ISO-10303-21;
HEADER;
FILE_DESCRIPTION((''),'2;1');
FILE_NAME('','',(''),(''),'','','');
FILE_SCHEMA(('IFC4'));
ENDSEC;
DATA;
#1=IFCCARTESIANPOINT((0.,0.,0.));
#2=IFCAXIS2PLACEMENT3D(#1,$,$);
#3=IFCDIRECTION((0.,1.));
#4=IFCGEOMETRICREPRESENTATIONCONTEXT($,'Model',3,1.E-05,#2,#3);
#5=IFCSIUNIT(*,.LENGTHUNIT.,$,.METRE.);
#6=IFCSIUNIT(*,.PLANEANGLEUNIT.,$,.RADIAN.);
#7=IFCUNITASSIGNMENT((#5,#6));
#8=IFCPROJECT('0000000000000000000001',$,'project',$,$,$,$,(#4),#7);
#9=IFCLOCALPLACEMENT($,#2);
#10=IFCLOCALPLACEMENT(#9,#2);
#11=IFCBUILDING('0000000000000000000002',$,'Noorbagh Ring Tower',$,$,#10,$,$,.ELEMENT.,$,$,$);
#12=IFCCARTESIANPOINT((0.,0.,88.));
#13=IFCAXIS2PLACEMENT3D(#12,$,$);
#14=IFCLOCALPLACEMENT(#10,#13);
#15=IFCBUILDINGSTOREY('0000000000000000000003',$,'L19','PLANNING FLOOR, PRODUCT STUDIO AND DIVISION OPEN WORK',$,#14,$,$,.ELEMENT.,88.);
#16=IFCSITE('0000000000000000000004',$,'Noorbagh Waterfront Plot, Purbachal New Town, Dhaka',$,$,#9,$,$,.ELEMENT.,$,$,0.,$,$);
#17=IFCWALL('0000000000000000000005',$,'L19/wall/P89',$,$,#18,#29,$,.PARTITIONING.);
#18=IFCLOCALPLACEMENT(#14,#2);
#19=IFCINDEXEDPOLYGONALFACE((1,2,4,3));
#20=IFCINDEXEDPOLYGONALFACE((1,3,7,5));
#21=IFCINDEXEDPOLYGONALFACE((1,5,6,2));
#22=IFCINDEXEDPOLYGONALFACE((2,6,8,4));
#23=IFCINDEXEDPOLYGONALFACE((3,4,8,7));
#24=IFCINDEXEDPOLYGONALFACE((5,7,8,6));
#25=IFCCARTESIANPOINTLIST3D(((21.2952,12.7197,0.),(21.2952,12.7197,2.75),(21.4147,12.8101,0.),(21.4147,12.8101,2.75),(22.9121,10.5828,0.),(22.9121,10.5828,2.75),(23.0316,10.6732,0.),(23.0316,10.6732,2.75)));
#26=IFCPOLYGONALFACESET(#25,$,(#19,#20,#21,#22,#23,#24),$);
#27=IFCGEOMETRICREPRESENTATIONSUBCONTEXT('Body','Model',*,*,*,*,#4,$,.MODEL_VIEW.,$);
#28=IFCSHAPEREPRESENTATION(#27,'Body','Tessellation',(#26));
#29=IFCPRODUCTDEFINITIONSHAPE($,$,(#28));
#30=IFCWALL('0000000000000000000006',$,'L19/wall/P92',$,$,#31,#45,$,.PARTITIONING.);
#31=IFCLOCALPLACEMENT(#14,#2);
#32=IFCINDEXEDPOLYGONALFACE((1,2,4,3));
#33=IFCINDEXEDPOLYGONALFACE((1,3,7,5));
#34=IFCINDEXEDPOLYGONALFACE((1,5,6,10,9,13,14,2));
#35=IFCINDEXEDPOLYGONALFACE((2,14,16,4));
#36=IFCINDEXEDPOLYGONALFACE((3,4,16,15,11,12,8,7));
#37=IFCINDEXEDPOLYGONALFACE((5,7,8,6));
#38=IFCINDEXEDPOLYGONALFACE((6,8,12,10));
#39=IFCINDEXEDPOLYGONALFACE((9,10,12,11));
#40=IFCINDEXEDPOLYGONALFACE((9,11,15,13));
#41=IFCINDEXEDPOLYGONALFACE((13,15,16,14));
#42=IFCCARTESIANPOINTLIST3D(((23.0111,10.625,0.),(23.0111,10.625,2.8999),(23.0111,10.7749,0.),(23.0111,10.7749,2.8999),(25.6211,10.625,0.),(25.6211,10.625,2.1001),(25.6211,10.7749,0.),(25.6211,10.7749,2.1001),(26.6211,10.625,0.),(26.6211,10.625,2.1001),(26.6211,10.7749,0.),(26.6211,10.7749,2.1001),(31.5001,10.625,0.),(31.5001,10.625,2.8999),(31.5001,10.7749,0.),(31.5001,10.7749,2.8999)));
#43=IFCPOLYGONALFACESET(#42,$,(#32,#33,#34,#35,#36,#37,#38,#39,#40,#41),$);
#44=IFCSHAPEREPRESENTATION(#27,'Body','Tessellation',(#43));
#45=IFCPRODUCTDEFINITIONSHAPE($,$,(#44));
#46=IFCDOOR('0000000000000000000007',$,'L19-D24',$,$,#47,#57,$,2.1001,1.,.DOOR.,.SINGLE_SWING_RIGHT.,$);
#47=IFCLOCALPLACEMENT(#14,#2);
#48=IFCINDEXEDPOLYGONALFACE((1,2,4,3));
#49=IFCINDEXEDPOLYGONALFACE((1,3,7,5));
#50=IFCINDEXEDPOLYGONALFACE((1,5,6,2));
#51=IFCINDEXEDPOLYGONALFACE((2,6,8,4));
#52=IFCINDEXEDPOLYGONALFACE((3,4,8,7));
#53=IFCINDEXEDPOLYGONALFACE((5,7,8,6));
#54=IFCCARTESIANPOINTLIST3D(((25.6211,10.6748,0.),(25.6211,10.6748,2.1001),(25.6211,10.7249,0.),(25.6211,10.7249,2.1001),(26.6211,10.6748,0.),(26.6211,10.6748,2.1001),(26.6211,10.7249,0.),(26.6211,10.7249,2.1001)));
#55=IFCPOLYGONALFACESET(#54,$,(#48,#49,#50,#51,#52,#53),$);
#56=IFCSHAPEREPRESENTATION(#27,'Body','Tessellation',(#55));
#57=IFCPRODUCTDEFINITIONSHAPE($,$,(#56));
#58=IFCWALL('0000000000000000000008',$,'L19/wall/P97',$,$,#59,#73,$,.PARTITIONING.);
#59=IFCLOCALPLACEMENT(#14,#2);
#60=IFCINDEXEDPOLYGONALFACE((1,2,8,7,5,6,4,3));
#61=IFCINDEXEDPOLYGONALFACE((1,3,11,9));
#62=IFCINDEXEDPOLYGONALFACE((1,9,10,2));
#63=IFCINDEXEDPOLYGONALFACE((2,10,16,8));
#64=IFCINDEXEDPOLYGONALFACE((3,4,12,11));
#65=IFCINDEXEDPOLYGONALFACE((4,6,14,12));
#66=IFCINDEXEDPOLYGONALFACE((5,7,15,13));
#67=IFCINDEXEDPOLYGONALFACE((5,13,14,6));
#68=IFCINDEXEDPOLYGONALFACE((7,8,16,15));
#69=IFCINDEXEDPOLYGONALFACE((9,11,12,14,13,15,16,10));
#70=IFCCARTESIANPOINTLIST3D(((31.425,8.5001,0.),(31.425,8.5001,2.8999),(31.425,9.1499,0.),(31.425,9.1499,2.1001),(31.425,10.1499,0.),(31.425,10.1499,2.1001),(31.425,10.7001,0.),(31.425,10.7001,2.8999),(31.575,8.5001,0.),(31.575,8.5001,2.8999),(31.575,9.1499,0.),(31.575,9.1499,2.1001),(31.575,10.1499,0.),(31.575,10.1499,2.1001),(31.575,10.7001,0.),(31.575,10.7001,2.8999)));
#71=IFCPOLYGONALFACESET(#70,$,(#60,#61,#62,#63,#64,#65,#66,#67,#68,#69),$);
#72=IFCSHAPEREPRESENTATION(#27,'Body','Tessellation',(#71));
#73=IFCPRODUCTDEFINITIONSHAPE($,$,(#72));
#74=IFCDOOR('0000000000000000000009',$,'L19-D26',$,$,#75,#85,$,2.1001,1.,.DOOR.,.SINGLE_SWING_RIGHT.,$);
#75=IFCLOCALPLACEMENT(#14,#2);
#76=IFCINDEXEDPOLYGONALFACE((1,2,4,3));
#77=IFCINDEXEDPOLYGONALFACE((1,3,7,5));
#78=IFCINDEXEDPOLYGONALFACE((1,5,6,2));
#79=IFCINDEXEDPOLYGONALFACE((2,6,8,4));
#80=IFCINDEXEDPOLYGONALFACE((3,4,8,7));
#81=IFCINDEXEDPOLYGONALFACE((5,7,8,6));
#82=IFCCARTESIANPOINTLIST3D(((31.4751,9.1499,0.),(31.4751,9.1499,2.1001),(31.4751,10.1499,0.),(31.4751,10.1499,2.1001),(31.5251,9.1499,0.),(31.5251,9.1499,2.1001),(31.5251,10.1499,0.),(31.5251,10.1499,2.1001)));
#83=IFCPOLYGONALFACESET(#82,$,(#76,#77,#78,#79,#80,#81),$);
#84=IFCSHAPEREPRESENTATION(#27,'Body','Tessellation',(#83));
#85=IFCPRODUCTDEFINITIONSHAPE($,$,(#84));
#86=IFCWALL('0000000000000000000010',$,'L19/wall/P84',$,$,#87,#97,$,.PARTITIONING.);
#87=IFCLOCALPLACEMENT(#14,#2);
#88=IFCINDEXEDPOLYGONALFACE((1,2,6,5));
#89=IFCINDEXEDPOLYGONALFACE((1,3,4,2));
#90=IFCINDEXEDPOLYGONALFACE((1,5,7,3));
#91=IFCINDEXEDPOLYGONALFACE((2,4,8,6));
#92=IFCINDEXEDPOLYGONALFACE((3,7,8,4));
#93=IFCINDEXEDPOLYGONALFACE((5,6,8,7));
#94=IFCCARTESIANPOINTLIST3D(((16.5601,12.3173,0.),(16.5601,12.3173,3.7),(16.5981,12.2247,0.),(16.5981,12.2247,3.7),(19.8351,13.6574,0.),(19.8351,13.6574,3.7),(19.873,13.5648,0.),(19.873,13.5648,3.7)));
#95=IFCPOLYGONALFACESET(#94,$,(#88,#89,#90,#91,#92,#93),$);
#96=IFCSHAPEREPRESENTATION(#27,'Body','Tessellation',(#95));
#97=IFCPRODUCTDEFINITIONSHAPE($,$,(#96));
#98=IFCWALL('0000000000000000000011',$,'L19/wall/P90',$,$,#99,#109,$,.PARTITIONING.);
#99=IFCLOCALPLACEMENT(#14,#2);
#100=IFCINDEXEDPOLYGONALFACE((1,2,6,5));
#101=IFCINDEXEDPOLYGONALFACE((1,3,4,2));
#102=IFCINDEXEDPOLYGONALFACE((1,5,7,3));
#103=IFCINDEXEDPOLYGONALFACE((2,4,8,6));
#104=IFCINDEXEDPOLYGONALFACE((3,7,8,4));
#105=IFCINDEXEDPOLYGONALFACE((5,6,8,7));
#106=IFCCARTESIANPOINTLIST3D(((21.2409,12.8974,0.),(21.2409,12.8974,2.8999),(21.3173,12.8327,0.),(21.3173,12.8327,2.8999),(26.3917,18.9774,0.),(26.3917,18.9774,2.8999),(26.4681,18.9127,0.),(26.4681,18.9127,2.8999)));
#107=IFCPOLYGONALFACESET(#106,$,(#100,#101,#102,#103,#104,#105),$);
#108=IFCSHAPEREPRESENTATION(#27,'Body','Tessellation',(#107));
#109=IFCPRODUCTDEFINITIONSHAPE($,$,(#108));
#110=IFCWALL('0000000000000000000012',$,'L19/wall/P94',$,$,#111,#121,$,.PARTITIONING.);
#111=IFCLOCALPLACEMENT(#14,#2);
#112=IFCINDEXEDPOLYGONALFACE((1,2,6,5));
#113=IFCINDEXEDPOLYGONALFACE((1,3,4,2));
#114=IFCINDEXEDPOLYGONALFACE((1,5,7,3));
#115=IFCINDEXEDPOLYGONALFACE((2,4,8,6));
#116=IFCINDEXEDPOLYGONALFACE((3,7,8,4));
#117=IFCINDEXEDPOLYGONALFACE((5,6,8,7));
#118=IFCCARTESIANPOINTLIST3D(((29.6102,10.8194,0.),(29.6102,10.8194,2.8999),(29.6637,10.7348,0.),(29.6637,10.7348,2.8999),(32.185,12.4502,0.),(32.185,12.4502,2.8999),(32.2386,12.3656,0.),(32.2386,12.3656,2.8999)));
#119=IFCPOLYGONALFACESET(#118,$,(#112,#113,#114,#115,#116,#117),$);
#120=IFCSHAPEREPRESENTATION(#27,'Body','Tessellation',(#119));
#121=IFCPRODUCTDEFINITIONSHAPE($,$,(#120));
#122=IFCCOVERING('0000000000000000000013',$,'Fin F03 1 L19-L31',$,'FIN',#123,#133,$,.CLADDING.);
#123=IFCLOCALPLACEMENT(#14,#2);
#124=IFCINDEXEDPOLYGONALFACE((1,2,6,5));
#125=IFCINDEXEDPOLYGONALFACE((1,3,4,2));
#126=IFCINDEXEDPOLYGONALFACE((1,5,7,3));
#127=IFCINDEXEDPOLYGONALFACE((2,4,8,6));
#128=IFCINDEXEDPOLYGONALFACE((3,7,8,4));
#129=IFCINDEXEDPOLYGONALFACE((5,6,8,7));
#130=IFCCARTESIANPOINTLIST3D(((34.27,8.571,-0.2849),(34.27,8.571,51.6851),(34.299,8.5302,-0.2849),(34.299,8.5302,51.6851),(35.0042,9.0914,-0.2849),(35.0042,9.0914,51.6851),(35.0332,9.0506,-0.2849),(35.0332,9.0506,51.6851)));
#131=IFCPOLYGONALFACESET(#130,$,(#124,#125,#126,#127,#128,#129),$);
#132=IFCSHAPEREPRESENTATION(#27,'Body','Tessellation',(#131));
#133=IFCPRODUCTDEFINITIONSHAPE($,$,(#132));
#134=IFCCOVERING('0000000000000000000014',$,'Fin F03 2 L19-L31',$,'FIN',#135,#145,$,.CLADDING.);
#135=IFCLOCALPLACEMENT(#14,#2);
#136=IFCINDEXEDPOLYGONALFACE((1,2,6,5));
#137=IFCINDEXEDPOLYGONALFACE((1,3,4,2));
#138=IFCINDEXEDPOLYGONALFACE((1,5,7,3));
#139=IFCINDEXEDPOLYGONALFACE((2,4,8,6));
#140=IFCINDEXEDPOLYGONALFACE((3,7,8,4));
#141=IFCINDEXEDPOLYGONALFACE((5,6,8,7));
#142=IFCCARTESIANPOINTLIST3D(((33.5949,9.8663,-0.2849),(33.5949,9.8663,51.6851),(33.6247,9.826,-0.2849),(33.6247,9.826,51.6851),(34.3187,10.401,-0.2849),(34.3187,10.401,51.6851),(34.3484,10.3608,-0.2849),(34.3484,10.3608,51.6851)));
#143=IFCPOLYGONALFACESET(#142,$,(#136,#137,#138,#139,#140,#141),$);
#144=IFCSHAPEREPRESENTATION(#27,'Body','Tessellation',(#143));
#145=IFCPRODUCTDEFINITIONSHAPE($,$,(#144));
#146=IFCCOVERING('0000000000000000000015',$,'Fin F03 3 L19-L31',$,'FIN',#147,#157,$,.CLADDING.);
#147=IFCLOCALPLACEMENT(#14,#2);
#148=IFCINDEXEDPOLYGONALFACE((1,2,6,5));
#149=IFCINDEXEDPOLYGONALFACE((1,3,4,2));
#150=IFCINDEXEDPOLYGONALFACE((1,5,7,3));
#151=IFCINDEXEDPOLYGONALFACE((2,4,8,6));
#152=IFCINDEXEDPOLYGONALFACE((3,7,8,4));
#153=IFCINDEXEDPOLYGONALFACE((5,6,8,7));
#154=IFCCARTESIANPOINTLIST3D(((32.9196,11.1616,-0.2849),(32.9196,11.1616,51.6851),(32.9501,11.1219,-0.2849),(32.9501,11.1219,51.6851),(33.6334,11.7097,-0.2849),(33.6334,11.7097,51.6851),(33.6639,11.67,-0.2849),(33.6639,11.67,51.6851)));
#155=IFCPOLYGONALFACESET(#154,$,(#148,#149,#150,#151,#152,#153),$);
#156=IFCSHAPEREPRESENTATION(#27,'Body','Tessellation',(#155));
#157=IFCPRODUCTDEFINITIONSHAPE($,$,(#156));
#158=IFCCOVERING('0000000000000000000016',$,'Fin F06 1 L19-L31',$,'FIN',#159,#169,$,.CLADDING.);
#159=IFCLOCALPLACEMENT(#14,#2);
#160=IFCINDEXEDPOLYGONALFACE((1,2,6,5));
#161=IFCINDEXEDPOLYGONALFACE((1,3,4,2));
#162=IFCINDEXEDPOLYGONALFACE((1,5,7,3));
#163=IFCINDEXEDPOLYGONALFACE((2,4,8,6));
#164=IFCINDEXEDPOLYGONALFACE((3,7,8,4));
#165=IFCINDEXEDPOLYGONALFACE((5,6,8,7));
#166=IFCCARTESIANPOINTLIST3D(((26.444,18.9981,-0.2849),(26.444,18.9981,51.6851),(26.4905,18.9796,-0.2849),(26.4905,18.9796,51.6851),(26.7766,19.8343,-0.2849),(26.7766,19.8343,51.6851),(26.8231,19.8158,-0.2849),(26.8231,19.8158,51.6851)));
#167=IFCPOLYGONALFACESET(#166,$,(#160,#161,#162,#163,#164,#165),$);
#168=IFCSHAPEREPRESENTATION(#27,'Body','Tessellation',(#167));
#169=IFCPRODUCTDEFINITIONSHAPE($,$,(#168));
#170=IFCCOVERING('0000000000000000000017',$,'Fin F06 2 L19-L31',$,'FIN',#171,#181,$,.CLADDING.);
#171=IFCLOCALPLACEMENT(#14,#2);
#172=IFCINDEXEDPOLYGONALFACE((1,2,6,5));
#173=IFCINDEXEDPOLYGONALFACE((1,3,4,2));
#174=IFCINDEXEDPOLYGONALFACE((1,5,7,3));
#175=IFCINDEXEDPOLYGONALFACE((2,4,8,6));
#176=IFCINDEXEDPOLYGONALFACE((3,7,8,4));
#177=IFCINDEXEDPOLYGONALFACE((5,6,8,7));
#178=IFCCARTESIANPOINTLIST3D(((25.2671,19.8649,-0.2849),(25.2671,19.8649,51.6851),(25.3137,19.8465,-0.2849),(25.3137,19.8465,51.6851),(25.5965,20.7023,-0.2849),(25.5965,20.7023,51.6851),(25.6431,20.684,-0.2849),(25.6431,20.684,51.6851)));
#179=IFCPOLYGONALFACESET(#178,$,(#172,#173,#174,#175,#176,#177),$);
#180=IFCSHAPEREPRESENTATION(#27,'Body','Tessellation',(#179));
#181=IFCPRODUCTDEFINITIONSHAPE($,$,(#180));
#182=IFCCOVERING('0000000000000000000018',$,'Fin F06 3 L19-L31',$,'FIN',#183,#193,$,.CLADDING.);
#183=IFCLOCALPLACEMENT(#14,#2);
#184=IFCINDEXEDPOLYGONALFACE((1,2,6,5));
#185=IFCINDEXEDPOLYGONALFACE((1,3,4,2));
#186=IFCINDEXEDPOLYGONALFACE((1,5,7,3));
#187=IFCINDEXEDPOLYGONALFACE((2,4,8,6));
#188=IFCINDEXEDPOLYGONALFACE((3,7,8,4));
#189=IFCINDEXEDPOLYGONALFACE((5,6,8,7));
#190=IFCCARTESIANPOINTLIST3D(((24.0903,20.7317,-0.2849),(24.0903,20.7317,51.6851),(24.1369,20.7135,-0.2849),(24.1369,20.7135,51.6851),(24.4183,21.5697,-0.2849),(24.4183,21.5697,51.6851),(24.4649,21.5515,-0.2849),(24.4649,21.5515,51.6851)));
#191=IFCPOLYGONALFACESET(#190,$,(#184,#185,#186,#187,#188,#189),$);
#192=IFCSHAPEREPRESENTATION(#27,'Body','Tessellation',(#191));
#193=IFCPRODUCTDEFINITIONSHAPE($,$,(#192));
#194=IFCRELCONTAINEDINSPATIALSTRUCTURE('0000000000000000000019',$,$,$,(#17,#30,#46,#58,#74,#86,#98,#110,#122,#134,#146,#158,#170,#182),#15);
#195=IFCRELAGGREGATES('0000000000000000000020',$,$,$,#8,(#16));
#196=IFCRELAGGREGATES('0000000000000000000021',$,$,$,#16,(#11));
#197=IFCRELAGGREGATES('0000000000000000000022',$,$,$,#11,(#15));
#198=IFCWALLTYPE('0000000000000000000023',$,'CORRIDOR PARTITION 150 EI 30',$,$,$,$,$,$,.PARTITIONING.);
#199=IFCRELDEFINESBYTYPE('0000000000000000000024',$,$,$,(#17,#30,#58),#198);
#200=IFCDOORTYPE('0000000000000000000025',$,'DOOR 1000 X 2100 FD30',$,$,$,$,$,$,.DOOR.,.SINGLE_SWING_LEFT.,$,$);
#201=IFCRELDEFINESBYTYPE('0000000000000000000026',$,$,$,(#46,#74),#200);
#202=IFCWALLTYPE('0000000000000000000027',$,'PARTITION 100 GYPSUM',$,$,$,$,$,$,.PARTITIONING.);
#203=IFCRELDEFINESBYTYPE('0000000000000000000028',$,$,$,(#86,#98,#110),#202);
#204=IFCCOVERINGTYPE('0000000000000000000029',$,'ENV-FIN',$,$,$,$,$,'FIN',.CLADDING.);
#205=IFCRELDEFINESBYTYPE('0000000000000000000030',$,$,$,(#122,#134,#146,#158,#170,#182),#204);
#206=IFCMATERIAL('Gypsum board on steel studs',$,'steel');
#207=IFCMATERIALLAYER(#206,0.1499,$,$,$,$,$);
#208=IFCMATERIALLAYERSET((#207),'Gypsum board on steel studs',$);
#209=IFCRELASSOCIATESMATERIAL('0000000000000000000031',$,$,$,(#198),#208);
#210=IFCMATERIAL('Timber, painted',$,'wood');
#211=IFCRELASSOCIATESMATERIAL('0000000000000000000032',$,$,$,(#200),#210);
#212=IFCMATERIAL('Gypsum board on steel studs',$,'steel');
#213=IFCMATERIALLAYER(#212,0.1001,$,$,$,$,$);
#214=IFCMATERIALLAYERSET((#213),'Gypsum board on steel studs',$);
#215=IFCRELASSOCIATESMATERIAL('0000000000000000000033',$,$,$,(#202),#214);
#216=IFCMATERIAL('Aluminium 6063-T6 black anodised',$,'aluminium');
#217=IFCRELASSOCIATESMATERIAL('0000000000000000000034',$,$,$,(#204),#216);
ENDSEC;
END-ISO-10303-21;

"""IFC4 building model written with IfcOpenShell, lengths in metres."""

from ifc_helpers import new_model, si_unit, direction, frame, frame_2d, origin, origin_2d, place, context, subcontext, project, spatial, rectangle, extrude, material, layer, layer_set, material_profile, profile_set, type_object, element, fill, save


model = new_model("IFC4")

# Units and contexts
model_context = context("Model", 3, precision=1e-05, world=origin(), true_north=direction((0.0, 1.0)))
body_context = subcontext(model_context, "Body", "Model", "MODEL_VIEW")
ifc_project = project(units=[si_unit("LENGTHUNIT", "METRE"), si_unit("PLANEANGLEUNIT", "RADIAN")], contexts=[model_context])

# Site, building, storey
site_placement = place(None, origin())
site = spatial("IfcSite", under=ifc_project, at=site_placement, Name="Noorbagh Waterfront Plot, Purbachal New Town, Dhaka", CompositionType="ELEMENT", RefElevation=0.0)
building_placement = place(site_placement, origin())
building = spatial("IfcBuilding", under=site, at=building_placement, Name="Noorbagh Ring Tower", CompositionType="ELEMENT")
storey_placement = place(building_placement, frame((0.0, 0.0, 88.0)))
storey = spatial("IfcBuildingStorey", under=building, at=storey_placement, Name="L19", Description="PLANNING FLOOR, PRODUCT STUDIO AND DIVISION OPEN WORK", CompositionType="ELEMENT", Elevation=88.0)

# Wall
ifc_material_1 = material(Name="Gypsum board on steel studs", Category="steel")
ifc_layer_1 = layer(ifc_material_1, 0.1499)
ifc_layer_set_1 = layer_set([ifc_layer_1], Name="Gypsum board on steel studs")
wall_type_1 = type_object("IfcWallType", Name="CORRIDOR PARTITION 150 EI 30", PredefinedType="PARTITIONING", material=ifc_layer_set_1)
wall_1_placement = place(storey_placement, frame((21.355, 12.7649, 0.0), z_axis=(0.0, 0.0, 1.0), x_axis=(0.603391, -0.797445, 0.0)))
element("IfcWall", 1, at=wall_1_placement, inside=storey, type_object=wall_type_1, Name="L19/wall/P89", PredefinedType="PARTITIONING", context=body_context, shape_type="SweptSolid", body=[
    extrude(rectangle(XDim=2.6797, YDim=0.1499, at=frame_2d((1.3398, 0.0))), origin(), (0.0, 0.0, 1.0), 2.75),
])

# Walls, openings, doors
wall_2_placement = place(storey_placement, frame((23.011, 10.7, 0.0), z_axis=(0.0, 0.0, 1.0), x_axis=(1.0, 0.0, 0.0)))
wall_2 = element("IfcWall", 2, at=wall_2_placement, inside=storey, type_object=wall_type_1, Name="L19/wall/P92", PredefinedType="PARTITIONING", context=body_context, shape_type="SweptSolid", body=[
    extrude(rectangle(XDim=8.489, YDim=0.1499, at=frame_2d((4.2446, 0.0))), origin(), (0.0, 0.0, 1.0), 2.8999),
])
opening_1_placement = place(wall_2_placement, frame((2.6101, 0.0, 0.0)))
opening_1 = element("IfcOpeningElement", 3, at=opening_1_placement, cuts=wall_2, PredefinedType="OPENING", context=body_context, shape_type="SweptSolid", body=[
    extrude(rectangle(XDim=1.0, YDim=2.1001, at=frame_2d((0.5, 1.05))), frame((0.0, 0.085, 0.0), z_axis=(0.0, -1.0, 0.0), x_axis=(1.0, 0.0, 0.0)), (0.0, 0.0, 1.0), 0.1699),
])
ifc_material_2 = material(Name="Timber, painted", Category="wood")
door_type = type_object("IfcDoorType", Name="DOOR 1000 X 2100 FD30", OperationType="SINGLE_SWING_LEFT", PredefinedType="DOOR", material=ifc_material_2)
door_1_placement = place(opening_1_placement, origin())
door_1 = element("IfcDoor", 4, at=door_1_placement, inside=storey, type_object=door_type, Name="L19-D24", OperationType="SINGLE_SWING_RIGHT", OverallHeight=2.1001, OverallWidth=1.0, PredefinedType="DOOR", context=body_context, shape_type="SweptSolid", body=[
    extrude(rectangle(XDim=1.0, YDim=2.1001, at=frame_2d((0.5, 1.05))), frame((0.0, 0.0249, 0.0), z_axis=(0.0, -1.0, 0.0), x_axis=(1.0, 0.0, 0.0)), (0.0, 0.0, 1.0), 0.05),
])
fill(opening_1, door_1)
wall_3_placement = place(storey_placement, frame((31.5, 8.5, 0.0), z_axis=(0.0, 0.0, 1.0), x_axis=(0.0, 1.0, 0.0)))
wall_3 = element("IfcWall", 5, at=wall_3_placement, inside=storey, type_object=wall_type_1, Name="L19/wall/P97", PredefinedType="PARTITIONING", context=body_context, shape_type="SweptSolid", body=[
    extrude(rectangle(XDim=2.2, YDim=0.1499, at=frame_2d((1.1001, 0.0))), origin(), (0.0, 0.0, 1.0), 2.8999),
])
opening_2_placement = place(wall_3_placement, frame((0.6499, 0.0, 0.0)))
opening_2 = element("IfcOpeningElement", 6, at=opening_2_placement, cuts=wall_3, PredefinedType="OPENING", context=body_context, shape_type="SweptSolid", body=[
    extrude(rectangle(XDim=1.0, YDim=2.1001, at=frame_2d((0.5, 1.05))), frame((0.0, 0.085, 0.0), z_axis=(0.0, -1.0, 0.0), x_axis=(1.0, 0.0, 0.0)), (0.0, 0.0, 1.0), 0.1699),
])
door_2_placement = place(opening_2_placement, origin())
door_2 = element("IfcDoor", 7, at=door_2_placement, inside=storey, type_object=door_type, Name="L19-D26", OperationType="SINGLE_SWING_RIGHT", OverallHeight=2.1001, OverallWidth=1.0, PredefinedType="DOOR", context=body_context, shape_type="SweptSolid", body=[
    extrude(rectangle(XDim=1.0, YDim=2.1001, at=frame_2d((0.5, 1.05))), frame((0.0, 0.0249, 0.0), z_axis=(0.0, -1.0, 0.0), x_axis=(1.0, 0.0, 0.0)), (0.0, 0.0, 1.0), 0.05),
])
fill(opening_2, door_2)

# Walls
ifc_material_3 = material(Name="Gypsum board on steel studs", Category="steel")
ifc_layer_2 = layer(ifc_material_3, 0.1001)
ifc_layer_set_2 = layer_set([ifc_layer_2], Name="Gypsum board on steel studs")
wall_type_2 = type_object("IfcWallType", Name="PARTITION 100 GYPSUM", PredefinedType="PARTITIONING", material=ifc_layer_set_2)
wall_4_placement = place(storey_placement, frame((16.5791, 12.271, 0.0), z_axis=(0.0, 0.0, 1.0), x_axis=(0.925512, 0.378719, 0.0)))
element("IfcWall", 8, at=wall_4_placement, inside=storey, type_object=wall_type_2, Name="L19/wall/P84", PredefinedType="PARTITIONING", context=body_context, shape_type="SweptSolid", body=[
    extrude(rectangle(XDim=3.5386, YDim=0.1001, at=frame_2d((1.7693, 0.0))), origin(), (0.0, 0.0, 1.0), 3.7),
])
wall_5_placement = place(storey_placement, frame((21.2791, 12.865, 0.0), z_axis=(0.0, 0.0, 1.0), x_axis=(0.646395, 0.763003, 0.0)))
element("IfcWall", 9, at=wall_5_placement, inside=storey, type_object=wall_type_2, Name="L19/wall/P90", PredefinedType="PARTITIONING", context=body_context, shape_type="SweptSolid", body=[
    extrude(rectangle(XDim=7.9685, YDim=0.1001, at=frame_2d((3.9844, 0.0))), origin(), (0.0, 0.0, 1.0), 2.8999),
])
wall_6_placement = place(storey_placement, frame((29.637, 10.7771, 0.0), z_axis=(0.0, 0.0, 1.0), x_axis=(0.844811, 0.535065, 0.0)))
element("IfcWall", 10, at=wall_6_placement, inside=storey, type_object=wall_type_2, Name="L19/wall/P94", PredefinedType="PARTITIONING", context=body_context, shape_type="SweptSolid", body=[
    extrude(rectangle(XDim=3.0479, YDim=0.1001, at=frame_2d((1.5239, 0.0))), origin(), (0.0, 0.0, 1.0), 2.8999),
])

# Coverings
ifc_material_4 = material(Name="Aluminium 6063-T6 black anodised", Category="aluminium")
ifc_material_profile_1 = material_profile(ifc_material_4, rectangle(XDim=0.8999, YDim=0.05, at=origin_2d()), Name="900x50")
ifc_profile_set_1 = profile_set([ifc_material_profile_1], Name="Aluminium 6063-T6 black anodised")
covering_type = type_object("IfcCoveringType", Name="ENV-FIN", ElementType="FIN", PredefinedType="CLADDING", material=ifc_profile_set_1)
for number, where, z_axis, x_axis, name in (
    (11, (34.6516, 8.8108, -0.2849), (0.0, 0.0, 1.0), (0.815855, 0.578256, 0.0), "Fin F03 1 L19-L31"),
    (12, (33.9717, 10.1135, -0.2849), (0.0, 0.0, 1.0), (0.80426, 0.594277, 0.0), "Fin F03 2 L19-L31"),
    (13, (33.2917, 11.4158, -0.2849), (0.0, 0.0, 1.0), (0.793138, 0.609043, 0.0), "Fin F03 3 L19-L31"),
    (14, (26.6335, 19.407, -0.2849), (0.0, 0.0, 1.0), (0.369564, 0.929205, 0.0), "Fin F06 1 L19-L31"),
    (15, (25.4551, 20.2744, -0.2849), (0.0, 0.0, 1.0), (0.366047, 0.930596, 0.0), "Fin F06 2 L19-L31"),
    (16, (24.2776, 21.1416, -0.2849), (0.0, 0.0, 1.0), (0.364533, 0.93119, 0.0), "Fin F06 3 L19-L31"),
):
    element("IfcCovering", number, at=place(storey_placement, frame(where, z_axis=z_axis, x_axis=x_axis)), inside=storey, type_object=covering_type, Name=name, ObjectType="FIN", PredefinedType="CLADDING", context=body_context, shape_type="SweptSolid", body=[
        extrude(rectangle(XDim=0.8999, YDim=0.05, at=origin_2d()), origin(), (0.0, 0.0, 1.0), 51.97),
    ])

save(model, "model.ifc")
